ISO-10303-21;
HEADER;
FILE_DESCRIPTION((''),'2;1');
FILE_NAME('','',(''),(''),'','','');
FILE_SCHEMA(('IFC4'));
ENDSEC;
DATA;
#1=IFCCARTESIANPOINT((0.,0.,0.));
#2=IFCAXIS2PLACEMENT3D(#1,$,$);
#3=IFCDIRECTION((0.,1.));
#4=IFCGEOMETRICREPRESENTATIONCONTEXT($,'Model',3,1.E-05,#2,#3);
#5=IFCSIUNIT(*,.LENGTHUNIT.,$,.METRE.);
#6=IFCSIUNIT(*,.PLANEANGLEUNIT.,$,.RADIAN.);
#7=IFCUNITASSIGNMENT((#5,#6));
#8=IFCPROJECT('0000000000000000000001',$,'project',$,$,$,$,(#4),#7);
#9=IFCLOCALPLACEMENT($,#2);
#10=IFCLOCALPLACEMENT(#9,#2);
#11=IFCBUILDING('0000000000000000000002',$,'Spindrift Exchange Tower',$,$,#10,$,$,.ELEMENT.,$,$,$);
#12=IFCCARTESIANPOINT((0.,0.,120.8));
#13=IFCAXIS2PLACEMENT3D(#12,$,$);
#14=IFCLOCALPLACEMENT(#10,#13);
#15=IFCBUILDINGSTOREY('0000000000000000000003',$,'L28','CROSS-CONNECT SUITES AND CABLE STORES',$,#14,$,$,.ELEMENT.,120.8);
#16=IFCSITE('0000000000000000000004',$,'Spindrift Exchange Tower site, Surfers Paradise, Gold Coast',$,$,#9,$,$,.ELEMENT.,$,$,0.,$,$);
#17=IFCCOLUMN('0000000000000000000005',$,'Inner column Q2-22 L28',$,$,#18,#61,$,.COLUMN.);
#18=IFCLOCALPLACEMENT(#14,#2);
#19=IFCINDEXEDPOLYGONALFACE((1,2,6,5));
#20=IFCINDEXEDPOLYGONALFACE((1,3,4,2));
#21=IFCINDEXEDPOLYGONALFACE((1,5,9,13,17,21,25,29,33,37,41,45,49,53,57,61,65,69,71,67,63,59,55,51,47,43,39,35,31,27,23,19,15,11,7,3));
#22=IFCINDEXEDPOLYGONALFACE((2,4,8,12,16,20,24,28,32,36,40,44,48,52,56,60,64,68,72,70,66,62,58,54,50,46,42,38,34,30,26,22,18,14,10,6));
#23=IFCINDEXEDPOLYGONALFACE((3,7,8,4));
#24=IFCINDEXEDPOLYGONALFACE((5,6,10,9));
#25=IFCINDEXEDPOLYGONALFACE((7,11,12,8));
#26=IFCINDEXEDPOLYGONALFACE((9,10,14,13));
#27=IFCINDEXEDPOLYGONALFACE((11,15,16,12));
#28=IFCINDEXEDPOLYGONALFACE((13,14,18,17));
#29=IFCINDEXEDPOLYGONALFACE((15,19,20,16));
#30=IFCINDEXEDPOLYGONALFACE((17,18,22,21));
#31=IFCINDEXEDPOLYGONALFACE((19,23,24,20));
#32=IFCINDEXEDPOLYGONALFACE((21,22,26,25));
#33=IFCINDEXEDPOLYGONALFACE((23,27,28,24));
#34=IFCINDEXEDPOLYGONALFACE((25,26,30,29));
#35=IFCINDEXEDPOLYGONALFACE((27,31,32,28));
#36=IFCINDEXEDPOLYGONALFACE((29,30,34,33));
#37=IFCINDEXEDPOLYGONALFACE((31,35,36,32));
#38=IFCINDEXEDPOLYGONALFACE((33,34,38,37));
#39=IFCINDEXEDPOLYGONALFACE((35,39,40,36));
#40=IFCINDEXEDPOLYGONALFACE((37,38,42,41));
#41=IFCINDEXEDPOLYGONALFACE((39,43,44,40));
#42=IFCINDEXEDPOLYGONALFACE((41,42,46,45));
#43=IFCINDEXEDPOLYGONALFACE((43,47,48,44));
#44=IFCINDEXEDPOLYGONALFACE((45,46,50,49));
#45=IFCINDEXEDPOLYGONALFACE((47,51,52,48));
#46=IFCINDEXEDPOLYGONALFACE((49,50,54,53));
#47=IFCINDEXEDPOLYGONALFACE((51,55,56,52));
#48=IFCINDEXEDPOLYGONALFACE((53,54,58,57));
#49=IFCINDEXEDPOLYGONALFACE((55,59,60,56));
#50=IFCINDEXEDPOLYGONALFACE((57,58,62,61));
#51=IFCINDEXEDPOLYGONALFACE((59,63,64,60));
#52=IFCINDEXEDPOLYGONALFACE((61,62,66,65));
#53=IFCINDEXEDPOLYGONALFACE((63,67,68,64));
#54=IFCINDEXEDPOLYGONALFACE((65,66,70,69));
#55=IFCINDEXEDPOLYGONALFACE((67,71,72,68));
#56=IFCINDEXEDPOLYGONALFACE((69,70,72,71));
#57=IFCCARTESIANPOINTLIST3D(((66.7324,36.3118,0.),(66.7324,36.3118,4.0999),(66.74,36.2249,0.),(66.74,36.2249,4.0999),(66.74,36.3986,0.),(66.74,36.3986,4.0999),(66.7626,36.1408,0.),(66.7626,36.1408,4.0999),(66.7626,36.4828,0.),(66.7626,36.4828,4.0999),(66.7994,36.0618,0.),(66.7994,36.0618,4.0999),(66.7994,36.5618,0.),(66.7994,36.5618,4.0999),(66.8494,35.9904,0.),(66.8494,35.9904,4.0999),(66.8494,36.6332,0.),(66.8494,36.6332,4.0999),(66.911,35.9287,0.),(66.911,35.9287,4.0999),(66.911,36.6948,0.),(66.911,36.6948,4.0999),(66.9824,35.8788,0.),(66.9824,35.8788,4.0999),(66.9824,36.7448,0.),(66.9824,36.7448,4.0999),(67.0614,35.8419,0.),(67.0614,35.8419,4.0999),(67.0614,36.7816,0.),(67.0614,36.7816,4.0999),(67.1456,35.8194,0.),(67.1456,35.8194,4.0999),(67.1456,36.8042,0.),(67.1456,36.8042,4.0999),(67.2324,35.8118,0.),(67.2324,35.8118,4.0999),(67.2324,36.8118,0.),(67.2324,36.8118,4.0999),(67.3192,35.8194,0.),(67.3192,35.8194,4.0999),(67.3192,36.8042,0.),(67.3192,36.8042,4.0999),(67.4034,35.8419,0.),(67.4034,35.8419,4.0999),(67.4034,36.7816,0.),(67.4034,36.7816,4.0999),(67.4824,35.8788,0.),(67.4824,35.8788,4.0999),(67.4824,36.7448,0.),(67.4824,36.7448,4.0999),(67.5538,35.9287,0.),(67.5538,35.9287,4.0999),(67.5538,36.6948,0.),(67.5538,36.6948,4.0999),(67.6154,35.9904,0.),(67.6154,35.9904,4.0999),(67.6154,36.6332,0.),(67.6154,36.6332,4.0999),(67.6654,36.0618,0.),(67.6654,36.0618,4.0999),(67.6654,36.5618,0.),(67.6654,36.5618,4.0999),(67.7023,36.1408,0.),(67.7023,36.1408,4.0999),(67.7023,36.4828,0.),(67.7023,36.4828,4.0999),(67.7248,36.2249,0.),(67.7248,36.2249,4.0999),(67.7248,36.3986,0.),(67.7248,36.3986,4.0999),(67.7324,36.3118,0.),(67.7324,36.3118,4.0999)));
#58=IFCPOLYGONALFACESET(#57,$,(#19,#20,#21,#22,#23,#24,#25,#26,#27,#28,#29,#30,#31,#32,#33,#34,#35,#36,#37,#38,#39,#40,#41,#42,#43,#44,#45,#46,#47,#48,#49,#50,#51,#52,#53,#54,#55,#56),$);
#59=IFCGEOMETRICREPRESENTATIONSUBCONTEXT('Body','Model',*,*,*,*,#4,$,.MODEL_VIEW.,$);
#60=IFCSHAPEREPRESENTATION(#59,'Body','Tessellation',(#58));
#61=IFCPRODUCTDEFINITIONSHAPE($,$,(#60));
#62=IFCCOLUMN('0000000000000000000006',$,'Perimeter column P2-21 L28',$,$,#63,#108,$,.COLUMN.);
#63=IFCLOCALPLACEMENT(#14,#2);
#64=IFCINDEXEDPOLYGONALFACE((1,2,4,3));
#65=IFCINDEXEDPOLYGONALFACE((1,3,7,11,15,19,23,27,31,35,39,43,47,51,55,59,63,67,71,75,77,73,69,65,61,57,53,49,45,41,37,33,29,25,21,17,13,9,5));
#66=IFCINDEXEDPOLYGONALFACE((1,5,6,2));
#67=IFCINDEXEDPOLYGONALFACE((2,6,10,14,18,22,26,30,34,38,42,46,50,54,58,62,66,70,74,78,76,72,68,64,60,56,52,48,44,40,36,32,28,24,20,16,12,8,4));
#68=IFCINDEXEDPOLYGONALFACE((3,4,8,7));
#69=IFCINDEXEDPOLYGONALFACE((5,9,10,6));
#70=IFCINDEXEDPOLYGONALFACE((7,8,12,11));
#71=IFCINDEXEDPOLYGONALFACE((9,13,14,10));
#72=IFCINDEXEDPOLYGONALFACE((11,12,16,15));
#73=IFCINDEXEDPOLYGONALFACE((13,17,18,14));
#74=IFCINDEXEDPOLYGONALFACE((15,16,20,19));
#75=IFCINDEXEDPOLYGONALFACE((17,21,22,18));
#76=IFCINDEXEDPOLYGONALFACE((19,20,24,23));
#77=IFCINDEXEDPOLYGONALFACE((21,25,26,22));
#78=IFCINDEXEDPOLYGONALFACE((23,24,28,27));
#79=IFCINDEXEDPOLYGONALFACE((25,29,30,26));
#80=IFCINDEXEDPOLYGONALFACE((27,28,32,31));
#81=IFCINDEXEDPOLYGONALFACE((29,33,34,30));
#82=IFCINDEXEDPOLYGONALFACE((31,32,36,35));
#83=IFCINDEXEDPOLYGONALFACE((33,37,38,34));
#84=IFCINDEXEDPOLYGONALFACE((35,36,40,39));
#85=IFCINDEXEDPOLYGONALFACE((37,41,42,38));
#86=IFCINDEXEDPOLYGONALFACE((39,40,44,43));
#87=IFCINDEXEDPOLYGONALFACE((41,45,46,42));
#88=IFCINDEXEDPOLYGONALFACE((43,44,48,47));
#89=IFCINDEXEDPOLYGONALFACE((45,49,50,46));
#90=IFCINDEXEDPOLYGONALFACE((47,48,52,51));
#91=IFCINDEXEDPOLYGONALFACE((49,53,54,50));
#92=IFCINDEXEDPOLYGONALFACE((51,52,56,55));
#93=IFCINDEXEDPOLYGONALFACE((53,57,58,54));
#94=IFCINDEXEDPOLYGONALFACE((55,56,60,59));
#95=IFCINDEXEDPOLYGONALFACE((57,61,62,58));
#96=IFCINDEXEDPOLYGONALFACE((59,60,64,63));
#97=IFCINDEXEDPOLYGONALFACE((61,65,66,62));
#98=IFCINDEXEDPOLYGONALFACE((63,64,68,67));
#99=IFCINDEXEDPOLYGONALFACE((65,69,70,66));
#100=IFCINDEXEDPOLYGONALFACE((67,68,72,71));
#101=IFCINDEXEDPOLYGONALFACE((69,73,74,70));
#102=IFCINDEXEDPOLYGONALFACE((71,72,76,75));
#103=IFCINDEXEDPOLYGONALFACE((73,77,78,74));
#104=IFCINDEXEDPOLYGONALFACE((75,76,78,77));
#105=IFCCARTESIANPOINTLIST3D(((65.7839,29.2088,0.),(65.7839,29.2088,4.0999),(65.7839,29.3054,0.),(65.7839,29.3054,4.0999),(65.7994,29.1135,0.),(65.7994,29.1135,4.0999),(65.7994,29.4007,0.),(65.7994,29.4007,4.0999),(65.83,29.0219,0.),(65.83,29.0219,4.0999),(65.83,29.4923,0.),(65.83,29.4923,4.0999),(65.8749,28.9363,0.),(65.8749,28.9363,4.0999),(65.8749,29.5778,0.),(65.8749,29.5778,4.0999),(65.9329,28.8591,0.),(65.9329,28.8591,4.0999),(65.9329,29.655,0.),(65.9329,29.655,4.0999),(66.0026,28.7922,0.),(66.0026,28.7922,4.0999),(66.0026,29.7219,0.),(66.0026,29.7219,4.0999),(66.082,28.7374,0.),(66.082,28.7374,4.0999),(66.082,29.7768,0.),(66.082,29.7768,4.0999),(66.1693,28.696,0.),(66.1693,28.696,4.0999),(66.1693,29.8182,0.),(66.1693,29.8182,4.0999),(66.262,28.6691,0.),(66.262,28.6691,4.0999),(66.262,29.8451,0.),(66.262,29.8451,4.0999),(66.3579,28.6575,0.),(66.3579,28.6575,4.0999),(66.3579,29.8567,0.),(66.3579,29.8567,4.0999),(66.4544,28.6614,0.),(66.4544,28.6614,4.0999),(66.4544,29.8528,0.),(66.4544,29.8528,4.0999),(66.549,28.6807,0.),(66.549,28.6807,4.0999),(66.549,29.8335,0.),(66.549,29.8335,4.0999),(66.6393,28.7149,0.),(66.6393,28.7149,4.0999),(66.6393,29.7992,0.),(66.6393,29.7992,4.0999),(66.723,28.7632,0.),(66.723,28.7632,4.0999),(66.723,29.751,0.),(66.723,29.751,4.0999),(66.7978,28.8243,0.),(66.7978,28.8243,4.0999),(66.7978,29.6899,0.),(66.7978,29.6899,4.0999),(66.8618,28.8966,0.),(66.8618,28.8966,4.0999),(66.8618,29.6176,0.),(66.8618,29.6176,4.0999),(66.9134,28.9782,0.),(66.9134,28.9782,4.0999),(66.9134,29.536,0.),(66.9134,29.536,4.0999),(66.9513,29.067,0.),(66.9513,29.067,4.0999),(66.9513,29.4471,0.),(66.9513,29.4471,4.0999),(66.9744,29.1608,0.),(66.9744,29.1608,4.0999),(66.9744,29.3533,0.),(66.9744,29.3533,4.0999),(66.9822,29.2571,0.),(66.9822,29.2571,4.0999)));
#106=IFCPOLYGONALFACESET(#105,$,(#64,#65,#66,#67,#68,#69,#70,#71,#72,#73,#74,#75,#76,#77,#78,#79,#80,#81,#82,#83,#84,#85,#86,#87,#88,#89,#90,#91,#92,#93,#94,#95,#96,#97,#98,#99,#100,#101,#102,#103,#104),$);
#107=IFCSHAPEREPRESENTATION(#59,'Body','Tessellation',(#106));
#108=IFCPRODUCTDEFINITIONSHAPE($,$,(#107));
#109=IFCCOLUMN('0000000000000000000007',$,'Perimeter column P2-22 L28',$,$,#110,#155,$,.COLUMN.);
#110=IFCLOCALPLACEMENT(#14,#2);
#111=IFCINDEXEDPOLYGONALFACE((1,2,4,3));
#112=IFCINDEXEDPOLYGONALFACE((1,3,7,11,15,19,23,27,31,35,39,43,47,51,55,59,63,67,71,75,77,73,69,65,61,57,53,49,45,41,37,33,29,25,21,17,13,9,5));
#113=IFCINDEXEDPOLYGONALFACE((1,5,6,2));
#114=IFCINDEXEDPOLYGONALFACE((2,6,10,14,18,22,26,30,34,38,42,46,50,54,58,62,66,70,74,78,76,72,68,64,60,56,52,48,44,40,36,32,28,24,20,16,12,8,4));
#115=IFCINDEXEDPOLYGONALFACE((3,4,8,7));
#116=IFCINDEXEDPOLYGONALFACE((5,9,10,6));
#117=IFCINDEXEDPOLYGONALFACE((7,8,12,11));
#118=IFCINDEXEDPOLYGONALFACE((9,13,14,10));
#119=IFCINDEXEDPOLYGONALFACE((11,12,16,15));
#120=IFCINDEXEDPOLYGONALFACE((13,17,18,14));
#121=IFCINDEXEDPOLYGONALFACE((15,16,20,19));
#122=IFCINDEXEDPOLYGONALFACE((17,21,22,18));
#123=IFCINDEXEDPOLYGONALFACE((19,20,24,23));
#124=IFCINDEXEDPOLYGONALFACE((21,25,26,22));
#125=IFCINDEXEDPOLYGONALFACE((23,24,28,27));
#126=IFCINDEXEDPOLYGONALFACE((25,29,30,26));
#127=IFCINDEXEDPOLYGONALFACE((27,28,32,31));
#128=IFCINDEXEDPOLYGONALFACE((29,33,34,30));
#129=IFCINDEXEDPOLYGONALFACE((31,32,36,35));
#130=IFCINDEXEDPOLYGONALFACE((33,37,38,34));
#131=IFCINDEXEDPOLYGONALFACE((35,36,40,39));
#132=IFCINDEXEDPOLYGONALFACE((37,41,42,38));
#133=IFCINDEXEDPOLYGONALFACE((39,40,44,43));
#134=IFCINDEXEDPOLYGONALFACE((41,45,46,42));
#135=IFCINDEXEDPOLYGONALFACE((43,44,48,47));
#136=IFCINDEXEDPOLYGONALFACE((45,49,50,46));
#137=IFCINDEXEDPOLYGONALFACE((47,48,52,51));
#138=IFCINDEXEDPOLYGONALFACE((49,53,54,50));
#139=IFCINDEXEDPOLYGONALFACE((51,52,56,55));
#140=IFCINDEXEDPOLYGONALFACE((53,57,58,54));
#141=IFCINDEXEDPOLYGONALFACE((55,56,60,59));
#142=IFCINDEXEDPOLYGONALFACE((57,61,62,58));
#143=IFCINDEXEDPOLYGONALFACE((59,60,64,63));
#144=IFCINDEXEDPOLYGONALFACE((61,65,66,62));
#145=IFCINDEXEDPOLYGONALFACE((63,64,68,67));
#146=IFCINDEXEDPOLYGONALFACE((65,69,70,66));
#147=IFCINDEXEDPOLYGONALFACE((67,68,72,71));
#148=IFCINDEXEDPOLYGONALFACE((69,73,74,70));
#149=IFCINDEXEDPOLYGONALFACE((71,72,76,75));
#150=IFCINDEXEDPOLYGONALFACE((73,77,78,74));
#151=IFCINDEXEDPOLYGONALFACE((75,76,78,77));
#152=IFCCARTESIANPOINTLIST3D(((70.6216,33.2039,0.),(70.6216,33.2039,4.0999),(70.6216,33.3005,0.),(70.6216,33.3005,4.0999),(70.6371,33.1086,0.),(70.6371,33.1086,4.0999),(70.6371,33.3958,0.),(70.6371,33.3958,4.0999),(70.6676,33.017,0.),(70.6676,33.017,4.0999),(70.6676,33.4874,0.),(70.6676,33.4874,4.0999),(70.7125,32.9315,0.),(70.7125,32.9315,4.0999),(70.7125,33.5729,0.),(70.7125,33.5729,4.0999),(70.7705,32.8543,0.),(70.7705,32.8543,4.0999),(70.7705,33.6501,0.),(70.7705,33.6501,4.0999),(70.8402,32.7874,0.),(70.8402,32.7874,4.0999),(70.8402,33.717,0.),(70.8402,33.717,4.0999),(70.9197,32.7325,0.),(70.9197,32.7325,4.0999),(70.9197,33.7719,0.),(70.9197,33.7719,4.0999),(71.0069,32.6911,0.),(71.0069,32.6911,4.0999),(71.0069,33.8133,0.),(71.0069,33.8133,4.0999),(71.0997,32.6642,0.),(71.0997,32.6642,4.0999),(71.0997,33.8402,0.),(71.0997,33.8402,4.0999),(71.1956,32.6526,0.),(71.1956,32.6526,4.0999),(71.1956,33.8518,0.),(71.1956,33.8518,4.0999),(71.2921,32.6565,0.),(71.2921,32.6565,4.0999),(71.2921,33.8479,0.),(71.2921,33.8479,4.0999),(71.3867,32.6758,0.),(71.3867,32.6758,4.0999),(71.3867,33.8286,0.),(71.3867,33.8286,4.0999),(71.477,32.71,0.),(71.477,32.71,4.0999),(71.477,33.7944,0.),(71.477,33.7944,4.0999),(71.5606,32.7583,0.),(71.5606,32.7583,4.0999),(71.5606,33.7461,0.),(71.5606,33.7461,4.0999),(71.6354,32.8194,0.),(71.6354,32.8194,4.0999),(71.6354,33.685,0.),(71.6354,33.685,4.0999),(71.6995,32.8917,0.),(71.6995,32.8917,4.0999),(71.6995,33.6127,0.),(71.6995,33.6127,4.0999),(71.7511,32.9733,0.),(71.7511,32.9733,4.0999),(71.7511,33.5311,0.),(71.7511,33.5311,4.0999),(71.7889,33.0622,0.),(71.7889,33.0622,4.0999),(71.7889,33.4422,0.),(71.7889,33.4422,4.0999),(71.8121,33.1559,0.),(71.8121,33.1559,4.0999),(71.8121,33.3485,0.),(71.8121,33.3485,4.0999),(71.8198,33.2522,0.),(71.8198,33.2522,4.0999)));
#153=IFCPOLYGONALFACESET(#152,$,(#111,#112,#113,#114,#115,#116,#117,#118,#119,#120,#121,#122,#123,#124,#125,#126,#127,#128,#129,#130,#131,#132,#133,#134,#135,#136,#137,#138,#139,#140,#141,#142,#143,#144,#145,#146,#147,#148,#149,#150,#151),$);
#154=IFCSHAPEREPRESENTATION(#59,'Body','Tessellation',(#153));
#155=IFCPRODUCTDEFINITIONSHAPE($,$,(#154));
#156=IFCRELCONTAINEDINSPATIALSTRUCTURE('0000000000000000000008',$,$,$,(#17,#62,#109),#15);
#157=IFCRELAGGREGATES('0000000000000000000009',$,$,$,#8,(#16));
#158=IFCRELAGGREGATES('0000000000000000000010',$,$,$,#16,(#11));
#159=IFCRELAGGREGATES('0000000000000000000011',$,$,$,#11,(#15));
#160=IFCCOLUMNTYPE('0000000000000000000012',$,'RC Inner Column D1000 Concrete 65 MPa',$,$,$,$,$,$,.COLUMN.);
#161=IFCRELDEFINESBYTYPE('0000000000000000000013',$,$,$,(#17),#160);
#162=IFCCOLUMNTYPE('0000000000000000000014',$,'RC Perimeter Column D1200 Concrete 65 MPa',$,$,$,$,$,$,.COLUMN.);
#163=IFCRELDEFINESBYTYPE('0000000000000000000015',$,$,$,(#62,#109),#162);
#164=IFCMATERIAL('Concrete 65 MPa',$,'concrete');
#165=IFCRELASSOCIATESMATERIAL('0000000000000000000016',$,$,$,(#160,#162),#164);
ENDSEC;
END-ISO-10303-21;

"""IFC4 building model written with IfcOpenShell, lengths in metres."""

from ifc_helpers import new_model, si_unit, direction, frame, origin, origin_2d, place, context, subcontext, project, spatial, circle, extrude, source, transform, mapped, material, material_profile, profile_set, type_object, element, save


model = new_model("IFC4")

# Units and contexts
model_context = context("Model", 3, precision=1e-05, world=origin(), true_north=direction((0.0, 1.0)))
body_context = subcontext(model_context, "Body", "Model", "MODEL_VIEW")
ifc_project = project(units=[si_unit("LENGTHUNIT", "METRE"), si_unit("PLANEANGLEUNIT", "RADIAN")], contexts=[model_context])

# Site, building, storey
site_placement = place(None, origin())
site = spatial("IfcSite", under=ifc_project, at=site_placement, Name="Spindrift Exchange Tower site, Surfers Paradise, Gold Coast", CompositionType="ELEMENT", RefElevation=0.0)
building_placement = place(site_placement, origin())
building = spatial("IfcBuilding", under=site, at=building_placement, Name="Spindrift Exchange Tower", CompositionType="ELEMENT")
storey_placement = place(building_placement, frame((0.0, 0.0, 120.8)))
storey = spatial("IfcBuildingStorey", under=building, at=storey_placement, Name="L28", Description="CROSS-CONNECT SUITES AND CABLE STORES", CompositionType="ELEMENT", Elevation=120.8)

# Columns
ifc_material_1 = material(Name="Concrete 65 MPa", Category="concrete")
ifc_material_profile_1 = material_profile(ifc_material_1, circle(Radius=0.5, at=origin_2d()), Name="RC D1000")
ifc_profile_set_1 = profile_set([ifc_material_profile_1], Name="Concrete 65 MPa")
column_type_1 = type_object("IfcColumnType", Name="RC Inner Column D1000 Concrete 65 MPa", PredefinedType="COLUMN", material=ifc_profile_set_1)
shared_shape_1 = source(origin(), body_context, "Body", "SweptSolid", [
    extrude(circle(Radius=0.5, at=origin_2d()), origin(), (0.0, 0.0, 1.0), 4.0999),
])
column_placement = place(storey_placement, frame((67.2324, 36.3118, 0.0), z_axis=(0.0, 0.0, 1.0), x_axis=(1.0, 0.0, 0.0)))
element("IfcColumn", 1, at=column_placement, inside=storey, type_object=column_type_1, Name="Inner column Q2-22 L28", PredefinedType="COLUMN", context=body_context, shape_type="MappedRepresentation", body=[
    mapped(shared_shape_1, transform((0.0, 0.0, 0.0), scale=1.0)),
])
ifc_material_profile_2 = material_profile(ifc_material_1, circle(Radius=0.6001, at=origin_2d()), Name="RC D1200")
ifc_profile_set_2 = profile_set([ifc_material_profile_2], Name="Concrete 65 MPa")
column_type_2 = type_object("IfcColumnType", Name="RC Perimeter Column D1200 Concrete 65 MPa", PredefinedType="COLUMN", material=ifc_profile_set_2)
shared_shape_2 = source(origin(), body_context, "Body", "SweptSolid", [
    extrude(circle(Radius=0.6001, at=origin_2d()), origin(), (0.0, 0.0, 1.0), 4.0999),
])
for number, where, z_axis, x_axis, name in (
    (2, (66.3821, 29.2571, 0.0), (0.0, 0.0, 1.0), (1.0, 0.0, 0.0), "Perimeter column P2-21 L28"),
    (3, (71.2197, 33.2522, 0.0), (0.0, 0.0, 1.0), (1.0, 0.0, 0.0), "Perimeter column P2-22 L28"),
):
    element("IfcColumn", number, at=place(storey_placement, frame(where, z_axis=z_axis, x_axis=x_axis)), inside=storey, type_object=column_type_2, Name=name, PredefinedType="COLUMN", context=body_context, shape_type="MappedRepresentation", body=[
        mapped(shared_shape_2, transform((0.0, 0.0, 0.0), scale=1.0)),
    ])

save(model, "model.ifc")
